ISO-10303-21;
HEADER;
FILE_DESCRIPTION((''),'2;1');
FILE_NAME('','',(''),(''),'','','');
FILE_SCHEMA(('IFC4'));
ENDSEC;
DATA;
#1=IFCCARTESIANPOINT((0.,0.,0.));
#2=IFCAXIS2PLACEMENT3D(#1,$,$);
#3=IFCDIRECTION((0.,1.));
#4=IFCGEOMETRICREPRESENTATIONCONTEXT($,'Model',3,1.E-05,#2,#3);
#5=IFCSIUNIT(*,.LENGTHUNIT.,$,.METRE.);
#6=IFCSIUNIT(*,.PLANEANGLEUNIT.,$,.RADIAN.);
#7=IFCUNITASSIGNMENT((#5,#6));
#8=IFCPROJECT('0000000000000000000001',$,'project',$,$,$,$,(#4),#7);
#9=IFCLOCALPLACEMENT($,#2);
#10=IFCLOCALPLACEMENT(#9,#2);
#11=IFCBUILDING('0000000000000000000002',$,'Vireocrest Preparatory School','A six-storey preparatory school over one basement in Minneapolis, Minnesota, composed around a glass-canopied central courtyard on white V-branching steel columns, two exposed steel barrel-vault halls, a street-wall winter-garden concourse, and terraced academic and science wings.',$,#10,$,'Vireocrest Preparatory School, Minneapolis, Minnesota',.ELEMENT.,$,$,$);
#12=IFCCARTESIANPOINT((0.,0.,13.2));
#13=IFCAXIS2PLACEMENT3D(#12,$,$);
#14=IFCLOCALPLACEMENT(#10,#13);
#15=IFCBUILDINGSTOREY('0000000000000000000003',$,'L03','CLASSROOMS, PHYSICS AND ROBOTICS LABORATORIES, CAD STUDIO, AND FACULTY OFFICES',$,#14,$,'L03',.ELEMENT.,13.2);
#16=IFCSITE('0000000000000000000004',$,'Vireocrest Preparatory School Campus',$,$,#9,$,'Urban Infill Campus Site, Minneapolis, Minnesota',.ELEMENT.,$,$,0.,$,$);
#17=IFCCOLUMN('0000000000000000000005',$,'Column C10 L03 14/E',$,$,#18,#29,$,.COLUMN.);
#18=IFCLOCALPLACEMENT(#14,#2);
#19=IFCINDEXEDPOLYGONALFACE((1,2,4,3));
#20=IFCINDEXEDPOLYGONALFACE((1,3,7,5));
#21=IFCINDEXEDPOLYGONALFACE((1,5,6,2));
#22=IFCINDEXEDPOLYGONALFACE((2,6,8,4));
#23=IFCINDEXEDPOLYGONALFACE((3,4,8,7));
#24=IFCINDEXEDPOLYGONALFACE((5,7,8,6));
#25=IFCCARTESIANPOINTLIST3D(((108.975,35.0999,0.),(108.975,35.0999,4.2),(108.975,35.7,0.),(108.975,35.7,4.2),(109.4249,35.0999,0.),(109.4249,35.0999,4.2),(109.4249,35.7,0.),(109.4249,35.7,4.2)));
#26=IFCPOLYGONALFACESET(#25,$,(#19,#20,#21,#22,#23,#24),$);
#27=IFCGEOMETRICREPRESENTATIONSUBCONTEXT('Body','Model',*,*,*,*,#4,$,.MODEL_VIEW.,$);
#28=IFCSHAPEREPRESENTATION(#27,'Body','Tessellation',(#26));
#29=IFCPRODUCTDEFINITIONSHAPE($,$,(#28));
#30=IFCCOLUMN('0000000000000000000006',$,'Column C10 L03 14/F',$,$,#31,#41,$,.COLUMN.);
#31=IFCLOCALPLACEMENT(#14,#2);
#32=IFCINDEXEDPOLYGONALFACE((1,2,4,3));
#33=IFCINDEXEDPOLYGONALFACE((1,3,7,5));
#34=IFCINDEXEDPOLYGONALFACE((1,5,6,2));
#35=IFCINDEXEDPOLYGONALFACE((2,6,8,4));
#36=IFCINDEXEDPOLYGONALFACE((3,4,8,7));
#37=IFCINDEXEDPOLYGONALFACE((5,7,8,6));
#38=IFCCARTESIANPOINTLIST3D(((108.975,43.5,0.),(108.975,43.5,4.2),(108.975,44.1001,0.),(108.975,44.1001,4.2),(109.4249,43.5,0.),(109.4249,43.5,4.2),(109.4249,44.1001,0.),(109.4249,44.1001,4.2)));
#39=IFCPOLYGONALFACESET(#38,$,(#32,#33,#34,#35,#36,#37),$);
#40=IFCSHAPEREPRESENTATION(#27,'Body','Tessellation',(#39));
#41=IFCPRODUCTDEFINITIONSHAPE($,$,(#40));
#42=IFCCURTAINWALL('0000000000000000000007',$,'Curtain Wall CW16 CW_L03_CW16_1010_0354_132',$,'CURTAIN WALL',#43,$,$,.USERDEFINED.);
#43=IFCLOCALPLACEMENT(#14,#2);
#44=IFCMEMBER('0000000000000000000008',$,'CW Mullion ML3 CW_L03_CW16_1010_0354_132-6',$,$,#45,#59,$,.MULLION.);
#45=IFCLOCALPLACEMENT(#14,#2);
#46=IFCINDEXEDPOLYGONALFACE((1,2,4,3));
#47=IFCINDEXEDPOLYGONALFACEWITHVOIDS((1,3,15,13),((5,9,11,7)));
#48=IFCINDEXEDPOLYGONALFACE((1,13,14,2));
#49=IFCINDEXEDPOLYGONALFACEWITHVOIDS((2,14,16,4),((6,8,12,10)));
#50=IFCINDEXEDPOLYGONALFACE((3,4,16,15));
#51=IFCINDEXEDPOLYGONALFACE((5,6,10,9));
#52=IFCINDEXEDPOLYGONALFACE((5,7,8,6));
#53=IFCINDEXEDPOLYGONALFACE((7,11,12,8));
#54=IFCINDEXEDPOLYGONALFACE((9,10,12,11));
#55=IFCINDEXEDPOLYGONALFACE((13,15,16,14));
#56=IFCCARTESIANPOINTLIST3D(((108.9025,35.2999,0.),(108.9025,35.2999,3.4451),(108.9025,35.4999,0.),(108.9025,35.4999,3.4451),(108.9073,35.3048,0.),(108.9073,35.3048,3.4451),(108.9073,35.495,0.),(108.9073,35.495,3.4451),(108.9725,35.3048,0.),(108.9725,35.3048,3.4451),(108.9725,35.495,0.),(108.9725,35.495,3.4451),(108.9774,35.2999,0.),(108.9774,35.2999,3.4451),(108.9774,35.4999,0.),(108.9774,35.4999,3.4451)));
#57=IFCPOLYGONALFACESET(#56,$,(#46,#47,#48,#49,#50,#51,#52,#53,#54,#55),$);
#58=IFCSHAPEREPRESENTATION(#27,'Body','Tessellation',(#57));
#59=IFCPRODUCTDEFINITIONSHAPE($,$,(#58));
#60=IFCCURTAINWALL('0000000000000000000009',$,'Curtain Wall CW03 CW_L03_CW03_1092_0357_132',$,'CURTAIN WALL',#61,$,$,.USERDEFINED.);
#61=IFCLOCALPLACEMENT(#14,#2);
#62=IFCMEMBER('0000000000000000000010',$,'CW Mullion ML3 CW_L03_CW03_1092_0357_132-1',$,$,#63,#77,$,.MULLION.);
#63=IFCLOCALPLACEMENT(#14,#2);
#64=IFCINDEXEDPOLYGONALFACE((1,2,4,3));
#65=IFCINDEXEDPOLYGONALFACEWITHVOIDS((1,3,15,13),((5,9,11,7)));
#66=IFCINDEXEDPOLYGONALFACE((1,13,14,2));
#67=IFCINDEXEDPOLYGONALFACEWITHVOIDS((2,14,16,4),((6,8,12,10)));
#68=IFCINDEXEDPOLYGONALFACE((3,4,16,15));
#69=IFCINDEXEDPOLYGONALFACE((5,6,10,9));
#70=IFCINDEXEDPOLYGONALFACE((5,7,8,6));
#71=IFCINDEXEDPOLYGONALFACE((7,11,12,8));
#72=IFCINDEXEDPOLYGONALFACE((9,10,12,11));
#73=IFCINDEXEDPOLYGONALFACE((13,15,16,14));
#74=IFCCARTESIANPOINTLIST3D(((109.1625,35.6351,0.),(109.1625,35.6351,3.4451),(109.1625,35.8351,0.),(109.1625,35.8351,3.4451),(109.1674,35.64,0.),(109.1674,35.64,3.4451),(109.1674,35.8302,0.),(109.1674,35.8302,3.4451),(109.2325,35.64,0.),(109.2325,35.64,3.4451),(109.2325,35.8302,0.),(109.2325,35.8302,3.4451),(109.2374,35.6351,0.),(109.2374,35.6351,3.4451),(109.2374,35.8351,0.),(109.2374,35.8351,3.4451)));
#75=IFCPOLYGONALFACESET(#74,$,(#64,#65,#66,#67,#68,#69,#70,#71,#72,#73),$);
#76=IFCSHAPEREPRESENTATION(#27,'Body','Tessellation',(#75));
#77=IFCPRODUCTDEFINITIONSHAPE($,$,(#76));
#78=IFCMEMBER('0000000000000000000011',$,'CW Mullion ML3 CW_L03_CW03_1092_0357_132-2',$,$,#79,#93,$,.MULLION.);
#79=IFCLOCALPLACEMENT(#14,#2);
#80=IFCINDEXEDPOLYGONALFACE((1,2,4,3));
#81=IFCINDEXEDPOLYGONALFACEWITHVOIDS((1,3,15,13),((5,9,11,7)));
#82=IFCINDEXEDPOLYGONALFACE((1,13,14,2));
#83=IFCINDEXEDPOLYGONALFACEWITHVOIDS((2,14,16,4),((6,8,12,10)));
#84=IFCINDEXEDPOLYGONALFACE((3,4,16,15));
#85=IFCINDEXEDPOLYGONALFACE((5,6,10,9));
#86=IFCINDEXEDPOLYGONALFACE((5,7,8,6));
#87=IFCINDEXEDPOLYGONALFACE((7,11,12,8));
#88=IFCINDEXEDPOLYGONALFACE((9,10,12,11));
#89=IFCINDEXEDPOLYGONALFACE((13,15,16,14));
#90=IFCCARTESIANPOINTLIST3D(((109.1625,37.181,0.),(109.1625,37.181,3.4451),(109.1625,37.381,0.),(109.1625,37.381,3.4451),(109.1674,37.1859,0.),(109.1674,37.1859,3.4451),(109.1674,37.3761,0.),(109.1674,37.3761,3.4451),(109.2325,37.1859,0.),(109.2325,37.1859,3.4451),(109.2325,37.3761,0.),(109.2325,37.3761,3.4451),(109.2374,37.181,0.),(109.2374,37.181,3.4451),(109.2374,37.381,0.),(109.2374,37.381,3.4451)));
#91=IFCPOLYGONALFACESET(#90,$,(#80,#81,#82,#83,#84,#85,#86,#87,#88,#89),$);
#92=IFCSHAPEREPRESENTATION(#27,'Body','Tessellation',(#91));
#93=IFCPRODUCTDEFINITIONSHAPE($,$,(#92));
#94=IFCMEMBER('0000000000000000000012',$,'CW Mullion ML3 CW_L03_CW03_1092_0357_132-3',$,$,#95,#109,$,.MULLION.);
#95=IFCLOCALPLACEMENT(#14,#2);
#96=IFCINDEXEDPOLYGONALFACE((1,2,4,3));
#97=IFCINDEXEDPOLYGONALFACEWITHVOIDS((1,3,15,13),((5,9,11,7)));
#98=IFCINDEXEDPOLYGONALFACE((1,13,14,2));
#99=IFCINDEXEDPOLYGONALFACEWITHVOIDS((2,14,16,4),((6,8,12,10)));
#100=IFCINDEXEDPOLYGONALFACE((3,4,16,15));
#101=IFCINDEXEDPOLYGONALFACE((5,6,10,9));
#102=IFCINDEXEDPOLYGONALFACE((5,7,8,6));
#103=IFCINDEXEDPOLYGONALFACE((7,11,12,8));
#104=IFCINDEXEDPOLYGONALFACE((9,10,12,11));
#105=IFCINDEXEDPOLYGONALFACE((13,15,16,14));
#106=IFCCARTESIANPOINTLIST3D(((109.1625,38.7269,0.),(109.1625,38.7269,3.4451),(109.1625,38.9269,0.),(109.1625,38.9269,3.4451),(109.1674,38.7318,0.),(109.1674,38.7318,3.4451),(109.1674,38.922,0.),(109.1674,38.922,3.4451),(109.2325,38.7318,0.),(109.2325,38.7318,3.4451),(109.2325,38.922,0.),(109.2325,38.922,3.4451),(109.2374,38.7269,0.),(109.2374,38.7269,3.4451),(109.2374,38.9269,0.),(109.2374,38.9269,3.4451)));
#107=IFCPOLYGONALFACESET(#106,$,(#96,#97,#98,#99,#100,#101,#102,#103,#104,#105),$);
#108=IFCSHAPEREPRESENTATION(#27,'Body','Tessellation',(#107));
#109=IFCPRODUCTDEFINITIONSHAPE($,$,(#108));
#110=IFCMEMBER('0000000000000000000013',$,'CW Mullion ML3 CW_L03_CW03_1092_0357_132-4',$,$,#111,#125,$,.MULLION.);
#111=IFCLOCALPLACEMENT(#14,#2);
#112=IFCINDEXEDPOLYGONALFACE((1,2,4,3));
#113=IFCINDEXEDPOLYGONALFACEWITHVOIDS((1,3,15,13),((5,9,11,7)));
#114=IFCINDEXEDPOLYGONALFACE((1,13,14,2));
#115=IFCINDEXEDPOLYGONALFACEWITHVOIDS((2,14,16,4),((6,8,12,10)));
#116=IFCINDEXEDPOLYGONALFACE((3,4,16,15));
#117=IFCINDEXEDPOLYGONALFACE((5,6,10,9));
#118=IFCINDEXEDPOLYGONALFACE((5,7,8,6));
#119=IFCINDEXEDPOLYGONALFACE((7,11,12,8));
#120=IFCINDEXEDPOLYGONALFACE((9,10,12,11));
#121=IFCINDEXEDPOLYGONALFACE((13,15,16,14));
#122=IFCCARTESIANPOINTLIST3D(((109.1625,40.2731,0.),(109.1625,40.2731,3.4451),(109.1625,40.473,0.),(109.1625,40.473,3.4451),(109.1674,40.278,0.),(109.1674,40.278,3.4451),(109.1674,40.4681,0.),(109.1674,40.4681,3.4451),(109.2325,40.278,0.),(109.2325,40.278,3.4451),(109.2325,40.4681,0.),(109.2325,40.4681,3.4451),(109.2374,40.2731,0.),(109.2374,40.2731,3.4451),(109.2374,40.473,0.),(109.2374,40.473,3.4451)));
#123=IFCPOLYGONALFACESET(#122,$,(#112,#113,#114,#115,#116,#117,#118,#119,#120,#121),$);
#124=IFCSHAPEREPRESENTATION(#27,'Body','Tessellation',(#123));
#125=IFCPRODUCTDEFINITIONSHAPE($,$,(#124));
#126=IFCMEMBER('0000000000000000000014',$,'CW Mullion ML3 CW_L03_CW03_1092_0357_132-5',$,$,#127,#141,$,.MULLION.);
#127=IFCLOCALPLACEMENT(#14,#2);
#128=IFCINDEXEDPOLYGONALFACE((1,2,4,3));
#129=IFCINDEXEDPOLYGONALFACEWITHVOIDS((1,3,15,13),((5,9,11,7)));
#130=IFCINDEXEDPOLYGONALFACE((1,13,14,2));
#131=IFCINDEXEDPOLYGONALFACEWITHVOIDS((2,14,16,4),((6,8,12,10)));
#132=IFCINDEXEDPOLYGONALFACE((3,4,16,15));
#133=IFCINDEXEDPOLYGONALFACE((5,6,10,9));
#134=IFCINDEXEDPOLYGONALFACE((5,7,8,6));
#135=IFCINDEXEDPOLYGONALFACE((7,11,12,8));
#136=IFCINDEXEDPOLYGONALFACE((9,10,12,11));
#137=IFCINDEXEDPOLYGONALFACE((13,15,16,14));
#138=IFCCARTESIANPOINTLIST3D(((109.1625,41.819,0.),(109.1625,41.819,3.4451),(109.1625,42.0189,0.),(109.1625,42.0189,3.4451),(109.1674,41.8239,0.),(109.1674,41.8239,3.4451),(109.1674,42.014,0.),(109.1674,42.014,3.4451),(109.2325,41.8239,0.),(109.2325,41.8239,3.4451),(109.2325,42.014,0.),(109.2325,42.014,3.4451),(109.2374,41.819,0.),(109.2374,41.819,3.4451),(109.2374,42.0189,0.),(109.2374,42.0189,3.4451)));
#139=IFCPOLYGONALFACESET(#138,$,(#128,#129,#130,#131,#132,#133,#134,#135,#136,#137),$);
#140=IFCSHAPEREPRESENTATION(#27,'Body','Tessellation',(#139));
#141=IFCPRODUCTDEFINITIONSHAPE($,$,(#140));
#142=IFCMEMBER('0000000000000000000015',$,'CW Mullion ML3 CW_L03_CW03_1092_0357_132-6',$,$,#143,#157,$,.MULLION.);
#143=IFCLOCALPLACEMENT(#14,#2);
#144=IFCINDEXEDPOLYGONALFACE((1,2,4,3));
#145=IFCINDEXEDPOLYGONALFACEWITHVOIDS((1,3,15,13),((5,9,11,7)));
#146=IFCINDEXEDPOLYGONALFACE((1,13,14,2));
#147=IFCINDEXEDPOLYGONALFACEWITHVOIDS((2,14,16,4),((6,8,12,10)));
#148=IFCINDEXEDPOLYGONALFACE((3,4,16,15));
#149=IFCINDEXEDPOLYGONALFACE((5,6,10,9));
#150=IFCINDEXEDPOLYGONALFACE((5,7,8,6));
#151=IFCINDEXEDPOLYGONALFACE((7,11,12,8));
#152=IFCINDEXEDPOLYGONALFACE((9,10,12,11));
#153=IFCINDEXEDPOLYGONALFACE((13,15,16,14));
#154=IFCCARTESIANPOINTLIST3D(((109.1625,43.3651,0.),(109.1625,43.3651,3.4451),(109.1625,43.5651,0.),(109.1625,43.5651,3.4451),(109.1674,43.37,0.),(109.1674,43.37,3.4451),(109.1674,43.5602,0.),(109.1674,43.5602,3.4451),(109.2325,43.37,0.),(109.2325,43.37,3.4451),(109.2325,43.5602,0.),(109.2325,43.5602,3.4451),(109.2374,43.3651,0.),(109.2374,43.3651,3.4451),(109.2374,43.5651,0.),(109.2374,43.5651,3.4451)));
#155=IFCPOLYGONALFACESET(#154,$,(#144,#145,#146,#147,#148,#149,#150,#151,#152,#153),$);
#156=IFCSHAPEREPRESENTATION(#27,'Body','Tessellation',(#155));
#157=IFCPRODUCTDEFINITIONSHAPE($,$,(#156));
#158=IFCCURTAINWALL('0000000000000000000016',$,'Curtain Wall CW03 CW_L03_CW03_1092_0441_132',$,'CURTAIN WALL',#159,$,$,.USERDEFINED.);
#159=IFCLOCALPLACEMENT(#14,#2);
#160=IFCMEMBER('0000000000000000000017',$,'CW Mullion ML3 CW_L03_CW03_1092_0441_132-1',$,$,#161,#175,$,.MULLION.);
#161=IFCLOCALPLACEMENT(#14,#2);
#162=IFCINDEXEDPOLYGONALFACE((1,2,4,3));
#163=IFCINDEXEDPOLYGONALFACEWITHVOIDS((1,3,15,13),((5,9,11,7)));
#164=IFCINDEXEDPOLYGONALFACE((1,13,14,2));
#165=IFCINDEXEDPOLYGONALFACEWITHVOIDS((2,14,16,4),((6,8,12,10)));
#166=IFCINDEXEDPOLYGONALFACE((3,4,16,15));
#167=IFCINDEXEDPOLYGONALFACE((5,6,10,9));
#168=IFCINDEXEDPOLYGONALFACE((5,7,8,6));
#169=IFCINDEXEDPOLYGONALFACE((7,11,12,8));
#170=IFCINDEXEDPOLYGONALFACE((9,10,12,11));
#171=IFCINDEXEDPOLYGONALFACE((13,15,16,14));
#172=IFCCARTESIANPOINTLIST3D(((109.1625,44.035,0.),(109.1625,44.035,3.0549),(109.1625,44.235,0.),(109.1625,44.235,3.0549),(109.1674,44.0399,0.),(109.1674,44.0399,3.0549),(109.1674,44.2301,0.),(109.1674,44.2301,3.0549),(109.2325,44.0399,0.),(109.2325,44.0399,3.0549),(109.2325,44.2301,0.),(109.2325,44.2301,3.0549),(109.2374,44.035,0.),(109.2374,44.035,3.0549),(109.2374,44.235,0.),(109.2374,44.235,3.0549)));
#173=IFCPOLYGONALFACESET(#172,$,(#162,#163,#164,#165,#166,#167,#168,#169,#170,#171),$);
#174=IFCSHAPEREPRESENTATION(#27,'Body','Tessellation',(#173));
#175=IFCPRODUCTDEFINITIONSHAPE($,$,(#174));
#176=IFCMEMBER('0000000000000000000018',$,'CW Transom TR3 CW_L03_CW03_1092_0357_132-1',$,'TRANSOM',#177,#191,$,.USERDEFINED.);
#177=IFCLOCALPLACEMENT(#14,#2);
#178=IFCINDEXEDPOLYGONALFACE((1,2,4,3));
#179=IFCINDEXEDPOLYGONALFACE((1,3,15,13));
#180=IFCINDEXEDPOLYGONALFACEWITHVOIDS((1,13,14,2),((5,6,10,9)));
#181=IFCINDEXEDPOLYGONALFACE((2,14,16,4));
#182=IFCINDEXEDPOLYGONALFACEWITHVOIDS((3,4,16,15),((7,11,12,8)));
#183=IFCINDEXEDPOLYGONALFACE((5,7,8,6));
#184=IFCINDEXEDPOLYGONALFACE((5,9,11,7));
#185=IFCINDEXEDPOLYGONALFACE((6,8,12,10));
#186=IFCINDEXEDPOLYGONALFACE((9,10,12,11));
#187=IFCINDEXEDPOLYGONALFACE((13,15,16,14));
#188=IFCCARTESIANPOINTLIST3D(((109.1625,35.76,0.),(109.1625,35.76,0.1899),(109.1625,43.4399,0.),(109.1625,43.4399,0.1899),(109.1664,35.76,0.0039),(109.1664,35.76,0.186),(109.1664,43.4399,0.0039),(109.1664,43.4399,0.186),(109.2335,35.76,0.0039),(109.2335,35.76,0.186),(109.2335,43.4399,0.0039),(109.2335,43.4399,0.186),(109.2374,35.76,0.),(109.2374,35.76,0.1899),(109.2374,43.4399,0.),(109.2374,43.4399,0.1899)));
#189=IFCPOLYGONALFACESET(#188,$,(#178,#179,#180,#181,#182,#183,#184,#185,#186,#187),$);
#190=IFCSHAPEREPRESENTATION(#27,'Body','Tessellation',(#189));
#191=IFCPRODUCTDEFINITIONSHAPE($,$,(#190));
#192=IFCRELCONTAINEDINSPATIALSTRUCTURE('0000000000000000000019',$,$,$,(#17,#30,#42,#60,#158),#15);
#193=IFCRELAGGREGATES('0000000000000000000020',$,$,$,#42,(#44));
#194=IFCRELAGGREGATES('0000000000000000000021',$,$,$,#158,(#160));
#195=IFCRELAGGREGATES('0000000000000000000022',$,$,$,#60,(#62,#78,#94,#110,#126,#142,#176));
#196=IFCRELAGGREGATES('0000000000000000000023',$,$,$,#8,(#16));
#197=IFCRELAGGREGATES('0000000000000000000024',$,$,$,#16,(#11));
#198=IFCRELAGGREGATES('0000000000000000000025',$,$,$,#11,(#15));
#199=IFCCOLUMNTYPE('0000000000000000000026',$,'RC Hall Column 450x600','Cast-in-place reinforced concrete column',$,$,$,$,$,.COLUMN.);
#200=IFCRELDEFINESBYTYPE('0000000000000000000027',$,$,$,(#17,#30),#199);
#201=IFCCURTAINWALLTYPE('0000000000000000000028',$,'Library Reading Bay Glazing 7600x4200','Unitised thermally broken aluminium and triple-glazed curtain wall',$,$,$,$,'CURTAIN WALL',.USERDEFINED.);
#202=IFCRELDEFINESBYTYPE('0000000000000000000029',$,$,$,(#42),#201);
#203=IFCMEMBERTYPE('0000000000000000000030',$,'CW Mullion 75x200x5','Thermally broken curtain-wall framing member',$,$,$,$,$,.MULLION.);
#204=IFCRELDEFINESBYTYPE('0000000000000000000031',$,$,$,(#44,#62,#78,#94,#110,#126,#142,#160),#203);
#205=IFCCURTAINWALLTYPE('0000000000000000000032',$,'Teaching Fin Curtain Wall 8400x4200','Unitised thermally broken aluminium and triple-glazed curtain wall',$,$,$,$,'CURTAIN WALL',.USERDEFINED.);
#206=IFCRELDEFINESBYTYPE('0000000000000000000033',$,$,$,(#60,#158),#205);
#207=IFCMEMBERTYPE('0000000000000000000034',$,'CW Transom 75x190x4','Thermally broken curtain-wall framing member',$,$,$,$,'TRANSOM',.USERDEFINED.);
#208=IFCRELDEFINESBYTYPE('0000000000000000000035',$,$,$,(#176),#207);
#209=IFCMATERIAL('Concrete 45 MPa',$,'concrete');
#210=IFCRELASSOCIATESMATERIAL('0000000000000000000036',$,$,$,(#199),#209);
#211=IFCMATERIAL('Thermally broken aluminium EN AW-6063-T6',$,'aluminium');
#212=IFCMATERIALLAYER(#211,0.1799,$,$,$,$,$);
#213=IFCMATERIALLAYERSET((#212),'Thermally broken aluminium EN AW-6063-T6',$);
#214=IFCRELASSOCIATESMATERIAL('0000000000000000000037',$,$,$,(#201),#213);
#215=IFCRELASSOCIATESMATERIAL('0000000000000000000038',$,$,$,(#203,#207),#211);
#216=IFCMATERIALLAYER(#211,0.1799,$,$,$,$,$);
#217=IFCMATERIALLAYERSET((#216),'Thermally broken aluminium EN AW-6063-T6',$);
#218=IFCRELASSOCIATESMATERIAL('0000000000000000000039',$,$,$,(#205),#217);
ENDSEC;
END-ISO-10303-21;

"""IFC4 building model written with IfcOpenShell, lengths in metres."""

from ifc_helpers import new_model, si_unit, direction, frame, origin, origin_2d, place, context, subcontext, project, spatial, rectangle, hollow_rectangle, extrude, material, layer, layer_set, material_profile, profile_set, type_object, element, aggregate, save


model = new_model("IFC4")

# Units and contexts
model_context = context("Model", 3, precision=1e-05, world=origin(), true_north=direction((0.0, 1.0)))
body_context = subcontext(model_context, "Body", "Model", "MODEL_VIEW")
ifc_project = project(units=[si_unit("LENGTHUNIT", "METRE"), si_unit("PLANEANGLEUNIT", "RADIAN")], contexts=[model_context])

# Site, building, storey
site_placement = place(None, origin())
site = spatial("IfcSite", under=ifc_project, at=site_placement, Name="Vireocrest Preparatory School Campus", LongName="Urban Infill Campus Site, Minneapolis, Minnesota", CompositionType="ELEMENT", RefElevation=0.0)
building_placement = place(site_placement, origin())
building = spatial("IfcBuilding", under=site, at=building_placement, Name="Vireocrest Preparatory School", Description="A six-storey preparatory school over one basement in Minneapolis, Minnesota, composed around a glass-canopied central courtyard on white V-branching steel columns, two exposed steel barrel-vault halls, a street-wall winter-garden concourse, and terraced academic and science wings.", LongName="Vireocrest Preparatory School, Minneapolis, Minnesota", CompositionType="ELEMENT")
storey_placement = place(building_placement, frame((0.0, 0.0, 13.2)))
storey = spatial("IfcBuildingStorey", under=building, at=storey_placement, Name="L03", Description="CLASSROOMS, PHYSICS AND ROBOTICS LABORATORIES, CAD STUDIO, AND FACULTY OFFICES", LongName="L03", CompositionType="ELEMENT", Elevation=13.2)

# Columns
ifc_material_1 = material(Name="Concrete 45 MPa", Category="concrete")
ifc_material_profile_1 = material_profile(ifc_material_1, rectangle(XDim=0.45, YDim=0.6001, at=origin_2d()), Name="RC 450x600")
ifc_profile_set_1 = profile_set([ifc_material_profile_1], Name="Concrete 45 MPa")
column_type = type_object("IfcColumnType", Name="RC Hall Column 450x600", Description="Cast-in-place reinforced concrete column", PredefinedType="COLUMN", material=ifc_profile_set_1)
for number, where, z_axis, x_axis, name in (
    (1, (109.2, 35.3999, 0.0), (0.0, 0.0, 1.0), (1.0, 0.0, 0.0), "Column C10 L03 14/E"),
    (2, (109.2, 43.8, 0.0), (0.0, 0.0, 1.0), (1.0, 0.0, 0.0), "Column C10 L03 14/F"),
):
    element("IfcColumn", number, at=place(storey_placement, frame(where, z_axis=z_axis, x_axis=x_axis)), inside=storey, type_object=column_type, Name=name, PredefinedType="COLUMN", context=body_context, shape_type="SweptSolid", body=[
        extrude(rectangle(XDim=0.45, YDim=0.6001, at=origin_2d()), origin(), (0.0, 0.0, 1.0), 4.2),
    ])

# Curtain wall, member
ifc_material_2 = material(Name="Thermally broken aluminium EN AW-6063-T6", Category="aluminium")
ifc_layer_1 = layer(ifc_material_2, 0.1799)
ifc_layer_set_1 = layer_set([ifc_layer_1], Name="Thermally broken aluminium EN AW-6063-T6")
curtain_wall_type_1 = type_object("IfcCurtainWallType", Name="Library Reading Bay Glazing 7600x4200", Description="Unitised thermally broken aluminium and triple-glazed curtain wall", ElementType="CURTAIN WALL", PredefinedType="USERDEFINED", material=ifc_layer_set_1)
curtain_wall_1_placement = place(storey_placement, origin())
curtain_wall_1 = element("IfcCurtainWall", 3, at=curtain_wall_1_placement, inside=storey, type_object=curtain_wall_type_1, Name="Curtain Wall CW16 CW_L03_CW16_1010_0354_132", ObjectType="CURTAIN WALL", PredefinedType="USERDEFINED")
ifc_material_profile_2 = material_profile(ifc_material_2, hollow_rectangle(XDim=0.075, YDim=0.2, WallThickness=0.0049, at=origin_2d()), Name="ALU 75x200x5")
ifc_profile_set_2 = profile_set([ifc_material_profile_2], Name="Thermally broken aluminium EN AW-6063-T6")
member_type_1 = type_object("IfcMemberType", Name="CW Mullion 75x200x5", Description="Thermally broken curtain-wall framing member", PredefinedType="MULLION", material=ifc_profile_set_2)
member_1_placement = place(storey_placement, frame((108.9399, 35.3999, 0.0), z_axis=(0.0, 0.0, 1.0), x_axis=(1.0, 0.0, 0.0)))
member_1 = element("IfcMember", 4, at=member_1_placement, type_object=member_type_1, Name="CW Mullion ML3 CW_L03_CW16_1010_0354_132-6", PredefinedType="MULLION", context=body_context, shape_type="SweptSolid", body=[
    extrude(hollow_rectangle(XDim=0.075, YDim=0.2, WallThickness=0.0049, at=origin_2d()), origin(), (0.0, 0.0, 1.0), 3.4451),
])
aggregate(curtain_wall_1, [member_1])

# Curtain wall, members
ifc_layer_2 = layer(ifc_material_2, 0.1799)
ifc_layer_set_2 = layer_set([ifc_layer_2], Name="Thermally broken aluminium EN AW-6063-T6")
curtain_wall_type_2 = type_object("IfcCurtainWallType", Name="Teaching Fin Curtain Wall 8400x4200", Description="Unitised thermally broken aluminium and triple-glazed curtain wall", ElementType="CURTAIN WALL", PredefinedType="USERDEFINED", material=ifc_layer_set_2)
curtain_wall_2_placement = place(storey_placement, origin())
curtain_wall_2 = element("IfcCurtainWall", 5, at=curtain_wall_2_placement, inside=storey, type_object=curtain_wall_type_2, Name="Curtain Wall CW03 CW_L03_CW03_1092_0357_132", ObjectType="CURTAIN WALL", PredefinedType="USERDEFINED")
member_2_placement = place(storey_placement, frame((109.2, 35.7351, 0.0), z_axis=(0.0, 0.0, 1.0), x_axis=(1.0, 0.0, 0.0)))
member_2 = element("IfcMember", 6, at=member_2_placement, type_object=member_type_1, Name="CW Mullion ML3 CW_L03_CW03_1092_0357_132-1", PredefinedType="MULLION", context=body_context, shape_type="SweptSolid", body=[
    extrude(hollow_rectangle(XDim=0.075, YDim=0.2, WallThickness=0.0049, at=origin_2d()), origin(), (0.0, 0.0, 1.0), 3.4451),
])
member_3_placement = place(storey_placement, frame((109.2, 37.281, 0.0), z_axis=(0.0, 0.0, 1.0), x_axis=(1.0, 0.0, 0.0)))
member_3 = element("IfcMember", 7, at=member_3_placement, type_object=member_type_1, Name="CW Mullion ML3 CW_L03_CW03_1092_0357_132-2", PredefinedType="MULLION", context=body_context, shape_type="SweptSolid", body=[
    extrude(hollow_rectangle(XDim=0.075, YDim=0.2, WallThickness=0.0049, at=origin_2d()), origin(), (0.0, 0.0, 1.0), 3.4451),
])
member_4_placement = place(storey_placement, frame((109.2, 38.8269, 0.0), z_axis=(0.0, 0.0, 1.0), x_axis=(1.0, 0.0, 0.0)))
member_4 = element("IfcMember", 8, at=member_4_placement, type_object=member_type_1, Name="CW Mullion ML3 CW_L03_CW03_1092_0357_132-3", PredefinedType="MULLION", context=body_context, shape_type="SweptSolid", body=[
    extrude(hollow_rectangle(XDim=0.075, YDim=0.2, WallThickness=0.0049, at=origin_2d()), origin(), (0.0, 0.0, 1.0), 3.4451),
])
member_5_placement = place(storey_placement, frame((109.2, 40.373, 0.0), z_axis=(0.0, 0.0, 1.0), x_axis=(1.0, 0.0, 0.0)))
member_5 = element("IfcMember", 9, at=member_5_placement, type_object=member_type_1, Name="CW Mullion ML3 CW_L03_CW03_1092_0357_132-4", PredefinedType="MULLION", context=body_context, shape_type="SweptSolid", body=[
    extrude(hollow_rectangle(XDim=0.075, YDim=0.2, WallThickness=0.0049, at=origin_2d()), origin(), (0.0, 0.0, 1.0), 3.4451),
])
member_6_placement = place(storey_placement, frame((109.2, 41.9189, 0.0), z_axis=(0.0, 0.0, 1.0), x_axis=(1.0, 0.0, 0.0)))
member_6 = element("IfcMember", 10, at=member_6_placement, type_object=member_type_1, Name="CW Mullion ML3 CW_L03_CW03_1092_0357_132-5", PredefinedType="MULLION", context=body_context, shape_type="SweptSolid", body=[
    extrude(hollow_rectangle(XDim=0.075, YDim=0.2, WallThickness=0.0049, at=origin_2d()), origin(), (0.0, 0.0, 1.0), 3.4451),
])
member_7_placement = place(storey_placement, frame((109.2, 43.4651, 0.0), z_axis=(0.0, 0.0, 1.0), x_axis=(1.0, 0.0, 0.0)))
member_7 = element("IfcMember", 11, at=member_7_placement, type_object=member_type_1, Name="CW Mullion ML3 CW_L03_CW03_1092_0357_132-6", PredefinedType="MULLION", context=body_context, shape_type="SweptSolid", body=[
    extrude(hollow_rectangle(XDim=0.075, YDim=0.2, WallThickness=0.0049, at=origin_2d()), origin(), (0.0, 0.0, 1.0), 3.4451),
])

# Curtain wall, member
curtain_wall_3_placement = place(storey_placement, origin())
curtain_wall_3 = element("IfcCurtainWall", 12, at=curtain_wall_3_placement, inside=storey, type_object=curtain_wall_type_2, Name="Curtain Wall CW03 CW_L03_CW03_1092_0441_132", ObjectType="CURTAIN WALL", PredefinedType="USERDEFINED")
member_8_placement = place(storey_placement, frame((109.2, 44.135, 0.0), z_axis=(0.0, 0.0, 1.0), x_axis=(1.0, 0.0, 0.0)))
member_8 = element("IfcMember", 13, at=member_8_placement, type_object=member_type_1, Name="CW Mullion ML3 CW_L03_CW03_1092_0441_132-1", PredefinedType="MULLION", context=body_context, shape_type="SweptSolid", body=[
    extrude(hollow_rectangle(XDim=0.075, YDim=0.2, WallThickness=0.0049, at=origin_2d()), origin(), (0.0, 0.0, 1.0), 3.0549),
])
aggregate(curtain_wall_3, [member_8])

# Member
ifc_material_profile_3 = material_profile(ifc_material_2, hollow_rectangle(XDim=0.075, YDim=0.1899, WallThickness=0.0039, at=origin_2d()), Name="ALU 75x190x4")
ifc_profile_set_3 = profile_set([ifc_material_profile_3], Name="Thermally broken aluminium EN AW-6063-T6")
member_type_2 = type_object("IfcMemberType", Name="CW Transom 75x190x4", Description="Thermally broken curtain-wall framing member", ElementType="TRANSOM", PredefinedType="USERDEFINED", material=ifc_profile_set_3)
member_9_placement = place(storey_placement, frame((109.2, 35.76, 0.095), z_axis=(0.0, 1.0, 0.0), x_axis=(-1.0, 0.0, 0.0)))
member_9 = element("IfcMember", 14, at=member_9_placement, type_object=member_type_2, Name="CW Transom TR3 CW_L03_CW03_1092_0357_132-1", ObjectType="TRANSOM", PredefinedType="USERDEFINED", context=body_context, shape_type="SweptSolid", body=[
    extrude(hollow_rectangle(XDim=0.075, YDim=0.1899, WallThickness=0.0039, at=origin_2d()), origin(), (0.0, 0.0, 1.0), 7.6799),
])

aggregate(curtain_wall_2, [member_2, member_3, member_4, member_5, member_6, member_7, member_9])

save(model, "model.ifc")
